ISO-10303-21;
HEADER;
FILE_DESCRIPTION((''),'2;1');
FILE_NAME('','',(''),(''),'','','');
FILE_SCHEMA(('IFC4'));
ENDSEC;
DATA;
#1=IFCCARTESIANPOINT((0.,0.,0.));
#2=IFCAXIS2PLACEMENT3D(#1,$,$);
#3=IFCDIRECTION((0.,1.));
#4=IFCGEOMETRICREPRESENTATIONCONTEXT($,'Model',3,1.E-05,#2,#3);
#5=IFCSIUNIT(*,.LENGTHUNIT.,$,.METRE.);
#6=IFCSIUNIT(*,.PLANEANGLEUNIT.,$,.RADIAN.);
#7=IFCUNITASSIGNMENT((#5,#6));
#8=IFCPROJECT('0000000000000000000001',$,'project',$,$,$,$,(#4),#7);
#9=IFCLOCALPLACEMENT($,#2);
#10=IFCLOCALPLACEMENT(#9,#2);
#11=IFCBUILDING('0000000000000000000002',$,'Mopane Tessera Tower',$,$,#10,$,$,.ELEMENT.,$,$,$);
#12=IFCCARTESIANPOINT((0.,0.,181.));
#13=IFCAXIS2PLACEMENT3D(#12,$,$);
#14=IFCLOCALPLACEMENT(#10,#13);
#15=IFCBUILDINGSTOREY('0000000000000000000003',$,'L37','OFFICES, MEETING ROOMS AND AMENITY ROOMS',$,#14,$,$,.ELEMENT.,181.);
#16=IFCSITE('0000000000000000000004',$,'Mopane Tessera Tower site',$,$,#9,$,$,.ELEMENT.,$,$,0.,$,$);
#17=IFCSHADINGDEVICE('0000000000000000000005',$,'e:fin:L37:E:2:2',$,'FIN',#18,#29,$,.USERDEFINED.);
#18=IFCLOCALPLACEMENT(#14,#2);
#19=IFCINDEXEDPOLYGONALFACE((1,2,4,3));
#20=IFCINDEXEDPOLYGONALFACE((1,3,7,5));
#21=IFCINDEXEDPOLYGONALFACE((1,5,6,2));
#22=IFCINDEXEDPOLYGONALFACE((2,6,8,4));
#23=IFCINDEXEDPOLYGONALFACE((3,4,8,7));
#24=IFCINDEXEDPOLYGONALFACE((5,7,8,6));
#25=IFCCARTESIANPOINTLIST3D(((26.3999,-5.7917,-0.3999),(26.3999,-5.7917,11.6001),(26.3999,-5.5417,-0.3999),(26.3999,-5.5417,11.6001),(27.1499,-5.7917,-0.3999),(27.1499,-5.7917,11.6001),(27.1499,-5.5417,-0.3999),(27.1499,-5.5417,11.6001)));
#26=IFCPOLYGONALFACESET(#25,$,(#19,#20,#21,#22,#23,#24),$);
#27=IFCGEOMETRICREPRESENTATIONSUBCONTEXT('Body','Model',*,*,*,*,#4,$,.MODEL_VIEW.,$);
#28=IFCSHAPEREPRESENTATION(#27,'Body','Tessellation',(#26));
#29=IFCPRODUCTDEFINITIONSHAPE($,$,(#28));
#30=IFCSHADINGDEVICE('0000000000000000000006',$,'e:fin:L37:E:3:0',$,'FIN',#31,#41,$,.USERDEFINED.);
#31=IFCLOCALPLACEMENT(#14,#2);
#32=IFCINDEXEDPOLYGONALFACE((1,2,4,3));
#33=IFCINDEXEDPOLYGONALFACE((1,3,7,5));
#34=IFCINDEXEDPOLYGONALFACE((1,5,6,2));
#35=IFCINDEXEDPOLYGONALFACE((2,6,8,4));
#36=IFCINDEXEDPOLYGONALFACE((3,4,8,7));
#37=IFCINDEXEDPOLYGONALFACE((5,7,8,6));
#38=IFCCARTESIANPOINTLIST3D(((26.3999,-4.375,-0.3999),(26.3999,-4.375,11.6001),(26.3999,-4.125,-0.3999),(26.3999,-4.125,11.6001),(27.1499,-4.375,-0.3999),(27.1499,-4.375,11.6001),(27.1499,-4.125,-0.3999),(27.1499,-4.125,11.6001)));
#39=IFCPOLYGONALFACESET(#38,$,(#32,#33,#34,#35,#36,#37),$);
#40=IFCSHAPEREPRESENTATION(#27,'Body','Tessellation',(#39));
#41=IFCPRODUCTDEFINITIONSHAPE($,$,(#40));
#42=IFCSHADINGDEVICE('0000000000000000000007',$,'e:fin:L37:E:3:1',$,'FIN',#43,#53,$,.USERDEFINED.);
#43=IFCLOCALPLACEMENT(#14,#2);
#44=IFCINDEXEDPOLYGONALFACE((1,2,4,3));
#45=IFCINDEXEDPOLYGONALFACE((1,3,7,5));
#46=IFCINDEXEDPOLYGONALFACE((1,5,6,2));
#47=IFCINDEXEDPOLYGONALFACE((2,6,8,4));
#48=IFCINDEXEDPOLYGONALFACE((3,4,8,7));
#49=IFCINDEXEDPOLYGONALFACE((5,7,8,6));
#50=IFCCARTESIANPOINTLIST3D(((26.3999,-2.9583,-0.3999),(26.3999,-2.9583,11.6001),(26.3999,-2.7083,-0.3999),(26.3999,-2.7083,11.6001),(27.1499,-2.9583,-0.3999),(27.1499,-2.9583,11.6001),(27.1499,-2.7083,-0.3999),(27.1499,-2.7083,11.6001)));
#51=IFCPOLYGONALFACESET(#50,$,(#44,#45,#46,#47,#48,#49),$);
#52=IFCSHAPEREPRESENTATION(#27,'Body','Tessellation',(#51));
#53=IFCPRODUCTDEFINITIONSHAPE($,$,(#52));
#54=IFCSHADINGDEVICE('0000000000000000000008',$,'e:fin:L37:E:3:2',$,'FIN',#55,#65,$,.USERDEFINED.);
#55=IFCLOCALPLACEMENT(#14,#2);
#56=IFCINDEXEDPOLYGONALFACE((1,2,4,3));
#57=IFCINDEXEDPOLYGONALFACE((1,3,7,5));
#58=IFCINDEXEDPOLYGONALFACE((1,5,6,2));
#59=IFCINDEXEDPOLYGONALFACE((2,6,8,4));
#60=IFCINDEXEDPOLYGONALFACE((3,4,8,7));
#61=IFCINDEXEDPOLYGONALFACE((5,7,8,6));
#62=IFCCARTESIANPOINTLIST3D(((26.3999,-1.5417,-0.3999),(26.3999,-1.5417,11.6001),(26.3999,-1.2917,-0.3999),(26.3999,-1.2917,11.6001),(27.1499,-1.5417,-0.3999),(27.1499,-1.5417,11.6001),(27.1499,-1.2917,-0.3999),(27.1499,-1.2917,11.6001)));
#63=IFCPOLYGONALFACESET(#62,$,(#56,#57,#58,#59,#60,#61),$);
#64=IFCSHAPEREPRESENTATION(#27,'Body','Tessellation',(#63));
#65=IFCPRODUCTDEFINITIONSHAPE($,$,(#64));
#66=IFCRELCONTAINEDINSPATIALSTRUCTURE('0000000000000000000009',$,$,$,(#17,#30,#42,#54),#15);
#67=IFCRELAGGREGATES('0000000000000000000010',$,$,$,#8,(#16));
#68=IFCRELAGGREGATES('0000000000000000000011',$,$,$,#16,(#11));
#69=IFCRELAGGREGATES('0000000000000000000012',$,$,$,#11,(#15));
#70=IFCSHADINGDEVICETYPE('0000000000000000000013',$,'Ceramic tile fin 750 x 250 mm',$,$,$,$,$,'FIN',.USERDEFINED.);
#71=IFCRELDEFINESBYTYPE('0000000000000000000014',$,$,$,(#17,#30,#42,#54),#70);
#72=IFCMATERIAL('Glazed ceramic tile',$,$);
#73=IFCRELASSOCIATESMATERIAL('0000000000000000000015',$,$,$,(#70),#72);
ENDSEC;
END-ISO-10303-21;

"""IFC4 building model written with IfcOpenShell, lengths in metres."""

from ifc_helpers import new_model, si_unit, direction, frame, origin, origin_2d, place, context, subcontext, project, spatial, rectangle, extrude, material, type_object, element, save


model = new_model("IFC4")

# Units and contexts
model_context = context("Model", 3, precision=1e-05, world=origin(), true_north=direction((0.0, 1.0)))
body_context = subcontext(model_context, "Body", "Model", "MODEL_VIEW")
ifc_project = project(units=[si_unit("LENGTHUNIT", "METRE"), si_unit("PLANEANGLEUNIT", "RADIAN")], contexts=[model_context])

# Site, building, storey
site_placement = place(None, origin())
site = spatial("IfcSite", under=ifc_project, at=site_placement, Name="Mopane Tessera Tower site", CompositionType="ELEMENT", RefElevation=0.0)
building_placement = place(site_placement, origin())
building = spatial("IfcBuilding", under=site, at=building_placement, Name="Mopane Tessera Tower", CompositionType="ELEMENT")
storey_placement = place(building_placement, frame((0.0, 0.0, 181.0)))
storey = spatial("IfcBuildingStorey", under=building, at=storey_placement, Name="L37", Description="OFFICES, MEETING ROOMS AND AMENITY ROOMS", CompositionType="ELEMENT", Elevation=181.0)

# Shading devices
ifc_material_1 = material(Name="Glazed ceramic tile")
shading_device_type = type_object("IfcShadingDeviceType", Name="Ceramic tile fin 750 x 250 mm", ElementType="FIN", PredefinedType="USERDEFINED", material=ifc_material_1)
for number, where, z_axis, x_axis, name in (
    (1, (26.7749, -5.6667, -0.3999), (0.0, 0.0, 1.0), (0.0, 1.0, 0.0), "e:fin:L37:E:2:2"),
    (2, (26.7749, -4.25, -0.3999), (0.0, 0.0, 1.0), (0.0, 1.0, 0.0), "e:fin:L37:E:3:0"),
    (3, (26.7749, -2.8333, -0.3999), (0.0, 0.0, 1.0), (0.0, 1.0, 0.0), "e:fin:L37:E:3:1"),
    (4, (26.7749, -1.4167, -0.3999), (0.0, 0.0, 1.0), (0.0, 1.0, 0.0), "e:fin:L37:E:3:2"),
):
    element("IfcShadingDevice", number, at=place(storey_placement, frame(where, z_axis=z_axis, x_axis=x_axis)), inside=storey, type_object=shading_device_type, Name=name, ObjectType="FIN", PredefinedType="USERDEFINED", context=body_context, shape_type="SweptSolid", body=[
        extrude(rectangle(XDim=0.25, YDim=0.75, at=origin_2d()), origin(), (0.0, 0.0, 1.0), 12.0),
    ])

save(model, "model.ifc")
